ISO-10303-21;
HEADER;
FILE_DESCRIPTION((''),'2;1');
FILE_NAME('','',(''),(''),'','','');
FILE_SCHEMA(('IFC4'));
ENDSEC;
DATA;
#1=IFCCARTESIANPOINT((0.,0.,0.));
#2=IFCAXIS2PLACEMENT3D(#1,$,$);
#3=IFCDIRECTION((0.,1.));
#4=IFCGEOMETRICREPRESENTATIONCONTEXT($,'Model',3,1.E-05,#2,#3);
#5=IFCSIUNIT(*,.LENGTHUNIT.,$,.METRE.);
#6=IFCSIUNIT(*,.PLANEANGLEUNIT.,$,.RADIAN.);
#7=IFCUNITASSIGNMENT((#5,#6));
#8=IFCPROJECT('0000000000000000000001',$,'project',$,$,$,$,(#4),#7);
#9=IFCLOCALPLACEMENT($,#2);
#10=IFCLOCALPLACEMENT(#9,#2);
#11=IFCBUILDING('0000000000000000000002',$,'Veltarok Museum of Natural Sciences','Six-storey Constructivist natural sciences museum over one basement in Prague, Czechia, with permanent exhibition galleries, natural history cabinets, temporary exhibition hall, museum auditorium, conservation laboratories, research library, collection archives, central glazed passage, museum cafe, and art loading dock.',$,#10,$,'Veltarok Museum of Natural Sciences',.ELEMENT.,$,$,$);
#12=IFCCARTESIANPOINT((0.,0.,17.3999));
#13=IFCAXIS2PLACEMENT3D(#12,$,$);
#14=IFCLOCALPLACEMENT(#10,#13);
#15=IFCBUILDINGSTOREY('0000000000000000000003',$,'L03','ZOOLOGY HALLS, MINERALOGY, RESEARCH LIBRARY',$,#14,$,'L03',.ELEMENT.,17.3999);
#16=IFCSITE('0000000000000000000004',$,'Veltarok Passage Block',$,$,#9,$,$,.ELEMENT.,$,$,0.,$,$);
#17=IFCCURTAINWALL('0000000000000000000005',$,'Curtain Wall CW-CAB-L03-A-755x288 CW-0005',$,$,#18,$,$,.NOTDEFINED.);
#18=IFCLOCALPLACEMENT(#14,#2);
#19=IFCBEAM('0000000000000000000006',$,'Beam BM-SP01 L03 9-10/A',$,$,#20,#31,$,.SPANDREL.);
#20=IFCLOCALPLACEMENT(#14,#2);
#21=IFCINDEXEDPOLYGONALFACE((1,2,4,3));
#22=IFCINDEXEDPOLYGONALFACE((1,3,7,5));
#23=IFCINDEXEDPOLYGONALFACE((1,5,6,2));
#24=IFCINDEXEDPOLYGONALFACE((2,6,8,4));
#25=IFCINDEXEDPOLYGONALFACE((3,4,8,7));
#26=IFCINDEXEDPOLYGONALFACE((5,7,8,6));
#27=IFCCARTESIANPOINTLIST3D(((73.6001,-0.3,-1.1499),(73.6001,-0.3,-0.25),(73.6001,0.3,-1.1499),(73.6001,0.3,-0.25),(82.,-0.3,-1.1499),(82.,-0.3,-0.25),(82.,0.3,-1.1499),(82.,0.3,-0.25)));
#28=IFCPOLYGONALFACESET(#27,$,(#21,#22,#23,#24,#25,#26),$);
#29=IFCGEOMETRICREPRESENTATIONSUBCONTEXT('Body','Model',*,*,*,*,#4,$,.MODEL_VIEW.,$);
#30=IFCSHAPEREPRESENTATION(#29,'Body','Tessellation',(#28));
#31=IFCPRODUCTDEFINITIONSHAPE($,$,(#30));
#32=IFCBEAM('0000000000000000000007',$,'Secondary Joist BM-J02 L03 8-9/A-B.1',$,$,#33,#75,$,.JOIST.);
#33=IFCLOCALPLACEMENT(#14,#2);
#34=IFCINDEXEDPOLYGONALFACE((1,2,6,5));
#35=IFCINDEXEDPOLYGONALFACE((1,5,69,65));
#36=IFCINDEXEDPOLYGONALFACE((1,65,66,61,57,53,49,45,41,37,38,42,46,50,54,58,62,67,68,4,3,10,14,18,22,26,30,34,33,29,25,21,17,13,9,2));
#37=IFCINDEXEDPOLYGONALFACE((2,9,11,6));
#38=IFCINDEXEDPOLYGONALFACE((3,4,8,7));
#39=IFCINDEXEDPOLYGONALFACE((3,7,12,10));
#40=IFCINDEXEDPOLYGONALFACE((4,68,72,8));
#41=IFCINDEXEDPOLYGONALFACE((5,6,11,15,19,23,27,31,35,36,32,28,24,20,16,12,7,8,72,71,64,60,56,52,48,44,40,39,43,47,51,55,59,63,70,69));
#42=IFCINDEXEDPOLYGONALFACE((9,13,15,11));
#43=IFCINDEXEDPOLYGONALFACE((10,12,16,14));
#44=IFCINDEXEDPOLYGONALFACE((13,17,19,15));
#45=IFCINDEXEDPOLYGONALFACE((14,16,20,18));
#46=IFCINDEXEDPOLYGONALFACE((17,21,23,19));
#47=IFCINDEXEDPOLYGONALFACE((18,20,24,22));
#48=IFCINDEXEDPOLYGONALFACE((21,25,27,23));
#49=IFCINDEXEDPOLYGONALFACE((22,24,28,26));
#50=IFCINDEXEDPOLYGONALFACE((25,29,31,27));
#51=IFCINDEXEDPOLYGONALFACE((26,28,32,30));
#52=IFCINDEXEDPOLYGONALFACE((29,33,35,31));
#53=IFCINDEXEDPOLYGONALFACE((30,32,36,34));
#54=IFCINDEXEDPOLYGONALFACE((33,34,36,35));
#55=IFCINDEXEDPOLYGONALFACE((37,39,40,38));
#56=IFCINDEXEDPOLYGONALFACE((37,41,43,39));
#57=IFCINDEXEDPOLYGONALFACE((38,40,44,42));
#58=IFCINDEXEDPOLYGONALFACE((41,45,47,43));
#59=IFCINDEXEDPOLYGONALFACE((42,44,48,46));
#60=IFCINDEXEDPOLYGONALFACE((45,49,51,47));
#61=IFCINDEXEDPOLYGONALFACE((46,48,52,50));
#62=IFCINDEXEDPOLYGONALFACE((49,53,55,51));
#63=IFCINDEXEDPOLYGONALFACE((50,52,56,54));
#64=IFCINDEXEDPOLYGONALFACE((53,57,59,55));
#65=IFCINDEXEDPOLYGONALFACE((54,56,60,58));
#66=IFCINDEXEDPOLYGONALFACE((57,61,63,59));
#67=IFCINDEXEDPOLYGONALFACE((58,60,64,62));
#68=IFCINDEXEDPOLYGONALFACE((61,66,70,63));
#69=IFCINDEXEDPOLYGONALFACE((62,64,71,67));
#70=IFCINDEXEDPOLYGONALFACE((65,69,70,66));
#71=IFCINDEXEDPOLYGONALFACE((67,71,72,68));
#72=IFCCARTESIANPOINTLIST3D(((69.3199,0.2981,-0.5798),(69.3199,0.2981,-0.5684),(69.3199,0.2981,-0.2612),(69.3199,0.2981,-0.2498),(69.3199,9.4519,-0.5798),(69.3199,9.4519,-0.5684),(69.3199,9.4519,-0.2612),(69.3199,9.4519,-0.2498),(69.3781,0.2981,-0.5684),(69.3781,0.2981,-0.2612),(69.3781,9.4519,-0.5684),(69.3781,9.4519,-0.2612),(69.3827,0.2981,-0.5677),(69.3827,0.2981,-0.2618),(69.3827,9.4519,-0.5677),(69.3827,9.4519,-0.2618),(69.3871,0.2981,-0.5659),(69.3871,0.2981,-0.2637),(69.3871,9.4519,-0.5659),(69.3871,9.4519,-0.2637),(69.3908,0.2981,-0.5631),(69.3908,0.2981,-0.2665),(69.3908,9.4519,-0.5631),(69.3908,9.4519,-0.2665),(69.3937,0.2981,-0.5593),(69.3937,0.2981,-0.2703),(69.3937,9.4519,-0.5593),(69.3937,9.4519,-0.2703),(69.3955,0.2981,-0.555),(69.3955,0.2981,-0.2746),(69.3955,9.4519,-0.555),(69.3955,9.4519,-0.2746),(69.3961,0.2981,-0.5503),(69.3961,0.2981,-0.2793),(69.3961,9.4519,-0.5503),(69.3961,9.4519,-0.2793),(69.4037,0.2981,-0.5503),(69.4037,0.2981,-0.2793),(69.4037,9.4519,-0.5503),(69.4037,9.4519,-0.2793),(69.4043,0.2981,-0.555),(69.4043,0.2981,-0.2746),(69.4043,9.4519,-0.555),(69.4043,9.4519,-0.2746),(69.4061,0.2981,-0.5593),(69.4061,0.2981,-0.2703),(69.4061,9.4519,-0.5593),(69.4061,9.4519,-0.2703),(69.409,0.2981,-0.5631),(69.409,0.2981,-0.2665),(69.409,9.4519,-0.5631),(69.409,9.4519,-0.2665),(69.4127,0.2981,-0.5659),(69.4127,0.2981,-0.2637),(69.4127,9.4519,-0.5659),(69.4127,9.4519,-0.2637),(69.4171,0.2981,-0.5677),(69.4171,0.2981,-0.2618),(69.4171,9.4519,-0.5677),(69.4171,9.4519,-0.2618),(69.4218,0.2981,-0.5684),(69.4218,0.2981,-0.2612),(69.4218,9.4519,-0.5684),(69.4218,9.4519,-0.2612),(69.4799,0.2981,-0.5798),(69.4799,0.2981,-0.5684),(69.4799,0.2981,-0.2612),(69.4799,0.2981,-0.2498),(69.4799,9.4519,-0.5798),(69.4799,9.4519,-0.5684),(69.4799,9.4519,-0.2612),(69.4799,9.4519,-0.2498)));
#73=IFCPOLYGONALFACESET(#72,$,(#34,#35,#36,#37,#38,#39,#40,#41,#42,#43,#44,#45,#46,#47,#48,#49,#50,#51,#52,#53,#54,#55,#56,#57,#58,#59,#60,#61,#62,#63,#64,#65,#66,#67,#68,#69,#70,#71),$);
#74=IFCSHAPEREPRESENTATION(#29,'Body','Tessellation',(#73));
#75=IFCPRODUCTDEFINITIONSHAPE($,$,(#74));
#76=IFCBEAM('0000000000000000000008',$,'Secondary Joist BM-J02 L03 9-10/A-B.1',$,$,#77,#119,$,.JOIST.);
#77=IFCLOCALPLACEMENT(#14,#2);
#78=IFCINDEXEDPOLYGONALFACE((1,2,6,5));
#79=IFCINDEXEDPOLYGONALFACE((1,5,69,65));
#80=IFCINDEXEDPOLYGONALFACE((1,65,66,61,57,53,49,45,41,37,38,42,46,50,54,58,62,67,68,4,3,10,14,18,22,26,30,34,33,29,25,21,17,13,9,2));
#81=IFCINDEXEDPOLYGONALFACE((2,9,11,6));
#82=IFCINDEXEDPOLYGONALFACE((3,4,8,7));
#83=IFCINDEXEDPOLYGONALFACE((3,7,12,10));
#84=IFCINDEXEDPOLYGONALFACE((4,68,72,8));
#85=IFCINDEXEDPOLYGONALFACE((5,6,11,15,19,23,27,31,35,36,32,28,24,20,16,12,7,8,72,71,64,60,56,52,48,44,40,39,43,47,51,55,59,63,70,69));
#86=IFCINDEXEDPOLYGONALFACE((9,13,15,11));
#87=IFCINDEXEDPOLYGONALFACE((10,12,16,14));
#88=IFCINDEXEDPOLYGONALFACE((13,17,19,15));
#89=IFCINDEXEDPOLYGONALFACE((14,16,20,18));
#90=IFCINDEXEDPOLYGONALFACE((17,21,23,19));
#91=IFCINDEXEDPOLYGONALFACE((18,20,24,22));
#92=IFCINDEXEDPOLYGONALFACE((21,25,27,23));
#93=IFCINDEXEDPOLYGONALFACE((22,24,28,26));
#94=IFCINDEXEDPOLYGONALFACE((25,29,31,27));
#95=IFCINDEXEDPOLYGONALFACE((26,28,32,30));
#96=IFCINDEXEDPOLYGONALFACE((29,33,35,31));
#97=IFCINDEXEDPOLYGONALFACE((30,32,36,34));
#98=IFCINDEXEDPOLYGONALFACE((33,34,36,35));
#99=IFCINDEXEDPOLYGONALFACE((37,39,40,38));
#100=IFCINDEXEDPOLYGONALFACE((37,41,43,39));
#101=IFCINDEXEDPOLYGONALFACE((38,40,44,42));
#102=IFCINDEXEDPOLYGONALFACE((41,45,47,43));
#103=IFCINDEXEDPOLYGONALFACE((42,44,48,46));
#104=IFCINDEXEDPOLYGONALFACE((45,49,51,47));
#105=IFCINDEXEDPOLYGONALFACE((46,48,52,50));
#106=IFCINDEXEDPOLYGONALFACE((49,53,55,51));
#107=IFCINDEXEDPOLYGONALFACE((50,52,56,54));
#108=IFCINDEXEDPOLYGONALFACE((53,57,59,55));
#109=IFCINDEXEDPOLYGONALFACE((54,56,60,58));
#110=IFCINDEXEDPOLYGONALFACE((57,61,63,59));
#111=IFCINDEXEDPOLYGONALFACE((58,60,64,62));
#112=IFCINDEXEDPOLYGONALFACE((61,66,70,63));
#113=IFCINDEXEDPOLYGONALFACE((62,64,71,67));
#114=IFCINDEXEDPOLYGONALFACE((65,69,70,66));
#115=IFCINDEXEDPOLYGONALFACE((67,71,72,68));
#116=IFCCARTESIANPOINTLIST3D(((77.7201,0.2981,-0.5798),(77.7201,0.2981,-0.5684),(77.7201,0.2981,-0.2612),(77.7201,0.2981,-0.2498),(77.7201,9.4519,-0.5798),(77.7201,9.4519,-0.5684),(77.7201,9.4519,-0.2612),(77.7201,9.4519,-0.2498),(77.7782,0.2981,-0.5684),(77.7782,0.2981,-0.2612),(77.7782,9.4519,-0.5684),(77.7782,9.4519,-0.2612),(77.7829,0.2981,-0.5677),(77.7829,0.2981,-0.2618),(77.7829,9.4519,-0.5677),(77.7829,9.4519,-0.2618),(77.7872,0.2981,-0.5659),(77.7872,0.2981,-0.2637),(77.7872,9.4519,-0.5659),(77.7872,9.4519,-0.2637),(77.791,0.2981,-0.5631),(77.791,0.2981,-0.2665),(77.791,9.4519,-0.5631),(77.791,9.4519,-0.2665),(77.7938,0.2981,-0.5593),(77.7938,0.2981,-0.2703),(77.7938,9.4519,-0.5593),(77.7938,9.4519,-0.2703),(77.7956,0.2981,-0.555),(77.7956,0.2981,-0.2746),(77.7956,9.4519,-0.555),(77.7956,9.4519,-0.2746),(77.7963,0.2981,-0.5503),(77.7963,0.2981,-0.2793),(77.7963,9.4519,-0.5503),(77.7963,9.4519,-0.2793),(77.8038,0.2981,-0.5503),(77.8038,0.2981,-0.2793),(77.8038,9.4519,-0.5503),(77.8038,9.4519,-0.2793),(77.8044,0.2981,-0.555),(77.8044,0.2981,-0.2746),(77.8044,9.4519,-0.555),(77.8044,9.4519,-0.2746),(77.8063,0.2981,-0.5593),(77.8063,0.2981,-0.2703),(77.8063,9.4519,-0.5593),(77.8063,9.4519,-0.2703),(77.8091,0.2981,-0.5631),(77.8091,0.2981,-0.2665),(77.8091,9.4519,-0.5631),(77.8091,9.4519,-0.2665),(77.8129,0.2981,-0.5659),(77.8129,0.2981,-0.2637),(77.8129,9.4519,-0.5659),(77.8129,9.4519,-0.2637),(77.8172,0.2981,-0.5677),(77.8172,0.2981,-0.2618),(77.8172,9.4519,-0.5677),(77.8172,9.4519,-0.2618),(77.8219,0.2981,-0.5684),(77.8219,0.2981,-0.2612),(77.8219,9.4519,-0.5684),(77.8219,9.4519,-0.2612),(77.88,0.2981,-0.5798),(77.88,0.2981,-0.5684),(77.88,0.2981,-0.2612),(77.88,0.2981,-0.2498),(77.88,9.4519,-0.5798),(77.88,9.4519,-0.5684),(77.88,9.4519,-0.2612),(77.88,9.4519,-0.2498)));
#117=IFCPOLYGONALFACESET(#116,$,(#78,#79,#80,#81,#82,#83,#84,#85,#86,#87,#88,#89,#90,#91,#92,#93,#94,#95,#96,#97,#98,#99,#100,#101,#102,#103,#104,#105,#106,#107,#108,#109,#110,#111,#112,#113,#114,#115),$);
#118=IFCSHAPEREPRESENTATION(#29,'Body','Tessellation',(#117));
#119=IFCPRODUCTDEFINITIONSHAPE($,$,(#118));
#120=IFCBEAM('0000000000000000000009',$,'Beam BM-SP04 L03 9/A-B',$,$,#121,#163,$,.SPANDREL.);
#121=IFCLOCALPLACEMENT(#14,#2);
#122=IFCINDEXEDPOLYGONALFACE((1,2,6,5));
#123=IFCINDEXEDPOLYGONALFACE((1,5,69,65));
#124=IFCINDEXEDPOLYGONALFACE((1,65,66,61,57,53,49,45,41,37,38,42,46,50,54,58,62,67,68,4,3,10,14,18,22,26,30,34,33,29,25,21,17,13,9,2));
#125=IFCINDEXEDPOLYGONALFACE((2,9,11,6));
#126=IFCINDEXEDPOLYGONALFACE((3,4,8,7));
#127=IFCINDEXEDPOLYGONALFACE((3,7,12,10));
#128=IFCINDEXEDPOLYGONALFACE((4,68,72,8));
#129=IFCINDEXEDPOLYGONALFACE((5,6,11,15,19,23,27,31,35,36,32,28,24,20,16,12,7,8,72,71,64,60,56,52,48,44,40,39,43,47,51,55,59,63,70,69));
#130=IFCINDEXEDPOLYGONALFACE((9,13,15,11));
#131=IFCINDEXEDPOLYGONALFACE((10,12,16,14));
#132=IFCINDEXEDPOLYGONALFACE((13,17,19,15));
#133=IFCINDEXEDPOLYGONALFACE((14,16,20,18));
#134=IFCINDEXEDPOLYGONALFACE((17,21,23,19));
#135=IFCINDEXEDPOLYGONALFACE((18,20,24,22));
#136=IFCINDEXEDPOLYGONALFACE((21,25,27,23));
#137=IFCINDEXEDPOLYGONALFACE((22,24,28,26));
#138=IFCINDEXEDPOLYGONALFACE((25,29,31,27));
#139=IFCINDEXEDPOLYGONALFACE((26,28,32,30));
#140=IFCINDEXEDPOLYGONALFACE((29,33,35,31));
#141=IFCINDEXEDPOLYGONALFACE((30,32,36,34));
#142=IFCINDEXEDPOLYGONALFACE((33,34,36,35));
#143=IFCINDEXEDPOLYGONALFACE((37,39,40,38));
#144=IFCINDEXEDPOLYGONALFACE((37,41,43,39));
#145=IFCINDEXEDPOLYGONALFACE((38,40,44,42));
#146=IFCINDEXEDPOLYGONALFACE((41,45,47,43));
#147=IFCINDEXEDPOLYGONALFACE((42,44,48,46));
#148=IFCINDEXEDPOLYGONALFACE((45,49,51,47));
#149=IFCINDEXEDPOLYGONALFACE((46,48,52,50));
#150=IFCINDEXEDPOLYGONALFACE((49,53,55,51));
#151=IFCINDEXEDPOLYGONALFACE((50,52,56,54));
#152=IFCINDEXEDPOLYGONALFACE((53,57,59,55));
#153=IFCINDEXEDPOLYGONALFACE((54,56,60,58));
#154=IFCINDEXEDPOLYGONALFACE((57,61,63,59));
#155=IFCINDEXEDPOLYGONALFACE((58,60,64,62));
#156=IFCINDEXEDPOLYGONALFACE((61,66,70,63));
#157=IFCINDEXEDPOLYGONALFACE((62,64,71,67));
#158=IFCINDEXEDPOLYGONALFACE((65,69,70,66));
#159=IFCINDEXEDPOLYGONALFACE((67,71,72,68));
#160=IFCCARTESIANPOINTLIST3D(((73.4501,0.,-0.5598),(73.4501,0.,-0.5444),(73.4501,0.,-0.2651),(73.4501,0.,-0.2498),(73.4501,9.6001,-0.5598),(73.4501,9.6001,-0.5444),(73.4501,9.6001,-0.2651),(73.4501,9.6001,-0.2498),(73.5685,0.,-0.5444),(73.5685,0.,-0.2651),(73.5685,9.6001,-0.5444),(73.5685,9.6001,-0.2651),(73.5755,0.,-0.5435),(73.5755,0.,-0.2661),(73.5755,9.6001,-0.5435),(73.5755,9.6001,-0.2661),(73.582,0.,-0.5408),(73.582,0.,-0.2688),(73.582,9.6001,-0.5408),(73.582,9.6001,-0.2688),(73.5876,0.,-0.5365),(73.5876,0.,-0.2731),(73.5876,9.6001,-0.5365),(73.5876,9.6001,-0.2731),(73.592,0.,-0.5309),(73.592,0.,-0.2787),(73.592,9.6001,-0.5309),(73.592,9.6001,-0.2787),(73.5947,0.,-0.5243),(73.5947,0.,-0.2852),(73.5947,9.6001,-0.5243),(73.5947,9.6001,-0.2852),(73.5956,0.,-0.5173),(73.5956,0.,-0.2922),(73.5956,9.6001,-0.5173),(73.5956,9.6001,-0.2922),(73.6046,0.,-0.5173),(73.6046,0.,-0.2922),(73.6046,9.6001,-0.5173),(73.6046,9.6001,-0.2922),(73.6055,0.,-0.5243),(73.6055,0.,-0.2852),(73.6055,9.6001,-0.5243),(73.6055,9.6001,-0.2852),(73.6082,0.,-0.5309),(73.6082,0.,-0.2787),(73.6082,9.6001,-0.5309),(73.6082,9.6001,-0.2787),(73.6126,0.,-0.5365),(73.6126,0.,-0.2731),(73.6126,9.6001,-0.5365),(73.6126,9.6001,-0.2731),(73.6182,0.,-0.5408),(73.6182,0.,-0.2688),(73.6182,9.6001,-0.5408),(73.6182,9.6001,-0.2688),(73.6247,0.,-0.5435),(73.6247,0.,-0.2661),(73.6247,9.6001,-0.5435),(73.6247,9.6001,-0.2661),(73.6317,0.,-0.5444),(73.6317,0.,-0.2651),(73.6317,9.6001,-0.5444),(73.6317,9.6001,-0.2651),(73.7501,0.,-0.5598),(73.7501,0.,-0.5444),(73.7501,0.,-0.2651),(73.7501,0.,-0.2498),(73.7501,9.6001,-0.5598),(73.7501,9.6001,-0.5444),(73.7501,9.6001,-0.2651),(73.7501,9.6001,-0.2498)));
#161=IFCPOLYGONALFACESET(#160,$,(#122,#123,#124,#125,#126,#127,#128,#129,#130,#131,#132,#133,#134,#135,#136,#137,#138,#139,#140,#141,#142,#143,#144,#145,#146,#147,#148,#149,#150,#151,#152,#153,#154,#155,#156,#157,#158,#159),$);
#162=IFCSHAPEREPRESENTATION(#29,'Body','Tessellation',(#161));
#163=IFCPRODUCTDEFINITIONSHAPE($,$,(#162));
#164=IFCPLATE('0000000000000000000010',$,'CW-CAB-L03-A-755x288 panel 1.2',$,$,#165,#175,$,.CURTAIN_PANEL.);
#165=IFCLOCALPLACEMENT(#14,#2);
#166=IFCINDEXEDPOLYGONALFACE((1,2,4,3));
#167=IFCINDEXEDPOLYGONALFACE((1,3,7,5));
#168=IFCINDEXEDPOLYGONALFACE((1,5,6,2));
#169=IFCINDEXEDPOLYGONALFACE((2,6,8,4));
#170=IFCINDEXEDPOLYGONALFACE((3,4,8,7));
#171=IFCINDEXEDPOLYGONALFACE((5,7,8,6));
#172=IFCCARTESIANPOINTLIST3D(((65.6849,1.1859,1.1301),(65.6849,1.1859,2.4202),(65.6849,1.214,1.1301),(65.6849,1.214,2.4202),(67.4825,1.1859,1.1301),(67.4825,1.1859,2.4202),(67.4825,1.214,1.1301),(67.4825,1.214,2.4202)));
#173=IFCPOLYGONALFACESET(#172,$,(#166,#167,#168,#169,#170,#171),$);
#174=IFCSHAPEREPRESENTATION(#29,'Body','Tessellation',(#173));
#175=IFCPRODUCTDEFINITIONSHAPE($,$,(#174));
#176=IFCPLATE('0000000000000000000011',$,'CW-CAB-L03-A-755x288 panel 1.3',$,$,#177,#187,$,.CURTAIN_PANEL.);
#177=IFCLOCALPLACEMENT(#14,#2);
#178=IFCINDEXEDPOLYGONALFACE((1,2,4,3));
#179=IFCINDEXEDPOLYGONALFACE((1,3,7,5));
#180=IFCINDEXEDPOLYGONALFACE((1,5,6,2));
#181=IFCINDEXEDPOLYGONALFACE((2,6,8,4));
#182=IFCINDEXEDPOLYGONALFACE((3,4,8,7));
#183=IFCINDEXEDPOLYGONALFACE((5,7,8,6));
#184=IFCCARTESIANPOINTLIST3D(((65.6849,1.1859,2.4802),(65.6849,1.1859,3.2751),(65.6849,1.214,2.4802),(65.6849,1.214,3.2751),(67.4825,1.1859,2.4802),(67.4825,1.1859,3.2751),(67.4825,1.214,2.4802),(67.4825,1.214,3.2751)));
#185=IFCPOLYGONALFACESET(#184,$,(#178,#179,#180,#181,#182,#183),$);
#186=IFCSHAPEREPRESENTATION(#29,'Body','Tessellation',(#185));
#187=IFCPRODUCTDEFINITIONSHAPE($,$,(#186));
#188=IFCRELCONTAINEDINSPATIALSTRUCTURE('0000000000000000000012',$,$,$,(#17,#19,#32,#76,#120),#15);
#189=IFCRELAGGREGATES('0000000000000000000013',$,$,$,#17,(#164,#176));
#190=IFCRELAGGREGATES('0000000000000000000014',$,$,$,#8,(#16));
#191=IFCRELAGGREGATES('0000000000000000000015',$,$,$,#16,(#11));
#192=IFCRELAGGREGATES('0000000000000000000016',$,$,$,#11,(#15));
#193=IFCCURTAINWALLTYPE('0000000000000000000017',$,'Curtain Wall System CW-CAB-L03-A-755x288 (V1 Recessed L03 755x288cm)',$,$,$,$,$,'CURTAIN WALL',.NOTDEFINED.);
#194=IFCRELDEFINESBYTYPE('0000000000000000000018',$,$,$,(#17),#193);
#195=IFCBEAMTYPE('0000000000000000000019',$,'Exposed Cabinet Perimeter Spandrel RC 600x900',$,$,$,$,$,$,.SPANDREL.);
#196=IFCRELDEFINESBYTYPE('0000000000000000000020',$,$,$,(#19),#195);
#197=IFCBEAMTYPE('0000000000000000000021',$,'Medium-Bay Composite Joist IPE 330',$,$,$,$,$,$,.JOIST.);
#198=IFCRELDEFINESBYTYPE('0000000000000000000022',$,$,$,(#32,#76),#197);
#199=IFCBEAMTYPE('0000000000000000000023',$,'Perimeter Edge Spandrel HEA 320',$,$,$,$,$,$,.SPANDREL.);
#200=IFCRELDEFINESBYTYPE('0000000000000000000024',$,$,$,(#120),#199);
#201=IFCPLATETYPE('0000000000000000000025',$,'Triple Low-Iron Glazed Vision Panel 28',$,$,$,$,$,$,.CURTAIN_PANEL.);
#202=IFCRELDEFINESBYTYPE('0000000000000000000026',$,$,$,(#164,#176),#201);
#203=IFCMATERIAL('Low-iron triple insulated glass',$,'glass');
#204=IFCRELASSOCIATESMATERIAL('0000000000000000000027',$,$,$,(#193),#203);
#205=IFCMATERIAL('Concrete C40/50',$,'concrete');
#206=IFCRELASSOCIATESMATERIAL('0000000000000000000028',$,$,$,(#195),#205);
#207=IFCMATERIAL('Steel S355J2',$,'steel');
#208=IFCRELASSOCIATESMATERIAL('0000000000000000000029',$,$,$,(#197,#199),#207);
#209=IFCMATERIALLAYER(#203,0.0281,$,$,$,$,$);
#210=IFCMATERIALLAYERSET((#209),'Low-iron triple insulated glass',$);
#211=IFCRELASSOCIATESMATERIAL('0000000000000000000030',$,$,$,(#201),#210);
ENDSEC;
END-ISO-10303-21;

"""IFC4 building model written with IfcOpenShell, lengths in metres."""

from ifc_helpers import new_model, si_unit, direction, frame, origin, origin_2d, place, context, subcontext, project, spatial, rectangle, i_section, extrude, material, layer, layer_set, material_profile, profile_set, type_object, element, aggregate, save


model = new_model("IFC4")

# Units and contexts
model_context = context("Model", 3, precision=1e-05, world=origin(), true_north=direction((0.0, 1.0)))
body_context = subcontext(model_context, "Body", "Model", "MODEL_VIEW")
ifc_project = project(units=[si_unit("LENGTHUNIT", "METRE"), si_unit("PLANEANGLEUNIT", "RADIAN")], contexts=[model_context])

# Site, building, storey
site_placement = place(None, origin())
site = spatial("IfcSite", under=ifc_project, at=site_placement, Name="Veltarok Passage Block", CompositionType="ELEMENT", RefElevation=0.0)
building_placement = place(site_placement, origin())
building = spatial("IfcBuilding", under=site, at=building_placement, Name="Veltarok Museum of Natural Sciences", Description="Six-storey Constructivist natural sciences museum over one basement in Prague, Czechia, with permanent exhibition galleries, natural history cabinets, temporary exhibition hall, museum auditorium, conservation laboratories, research library, collection archives, central glazed passage, museum cafe, and art loading dock.", LongName="Veltarok Museum of Natural Sciences", CompositionType="ELEMENT")
storey_placement = place(building_placement, frame((0.0, 0.0, 17.3999)))
storey = spatial("IfcBuildingStorey", under=building, at=storey_placement, Name="L03", Description="ZOOLOGY HALLS, MINERALOGY, RESEARCH LIBRARY", LongName="L03", CompositionType="ELEMENT", Elevation=17.3999)

# Shared definitions
ifc_material_1 = material(Name="Concrete C40/50", Category="concrete")

# Shared definitions
ifc_material_2 = material(Name="Steel S355J2", Category="steel")

# Curtain wall
ifc_material_3 = material(Name="Low-iron triple insulated glass", Category="glass")
curtain_wall_type = type_object("IfcCurtainWallType", Name="Curtain Wall System CW-CAB-L03-A-755x288 (V1 Recessed L03 755x288cm)", ElementType="CURTAIN WALL", PredefinedType="NOTDEFINED", material=ifc_material_3)
curtain_wall_placement = place(storey_placement, origin())
curtain_wall = element("IfcCurtainWall", 1, at=curtain_wall_placement, inside=storey, type_object=curtain_wall_type, Name="Curtain Wall CW-CAB-L03-A-755x288 CW-0005", PredefinedType="NOTDEFINED")

# Beams
ifc_material_profile_1 = material_profile(ifc_material_1, rectangle(XDim=0.6001, YDim=0.8999, at=origin_2d()), Name="RC 600x900")
ifc_profile_set_1 = profile_set([ifc_material_profile_1], Name="Concrete C40/50")
beam_type_1 = type_object("IfcBeamType", Name="Exposed Cabinet Perimeter Spandrel RC 600x900", PredefinedType="SPANDREL", material=ifc_profile_set_1)
beam_1_placement = place(storey_placement, frame((73.6001, 0.0, -0.7), z_axis=(1.0, 0.0, 0.0), x_axis=(0.0, 1.0, 0.0)))
element("IfcBeam", 2, at=beam_1_placement, inside=storey, type_object=beam_type_1, Name="Beam BM-SP01 L03 9-10/A", PredefinedType="SPANDREL", context=body_context, shape_type="SweptSolid", body=[
    extrude(rectangle(XDim=0.6001, YDim=0.8999, at=origin_2d()), origin(), (0.0, 0.0, 1.0), 8.3999),
])
ifc_material_profile_2 = material_profile(ifc_material_2, i_section(OverallWidth=0.1599, OverallDepth=0.3301, WebThickness=0.0076, FlangeThickness=0.0115, FilletRadius=0.0181, at=origin_2d()), Name="IPE 330")
ifc_profile_set_2 = profile_set([ifc_material_profile_2], Name="Steel S355J2")
beam_type_2 = type_object("IfcBeamType", Name="Medium-Bay Composite Joist IPE 330", PredefinedType="JOIST", material=ifc_profile_set_2)
for number, where, z_axis, x_axis, name in (
    (3, (69.3999, 0.2981, -0.4148), (0.0, 1.0, 0.0), (-1.0, 0.0, 0.0), "Secondary Joist BM-J02 L03 8-9/A-B.1"),
    (4, (77.8, 0.2981, -0.4148), (0.0, 1.0, 0.0), (-1.0, 0.0, 0.0), "Secondary Joist BM-J02 L03 9-10/A-B.1"),
):
    element("IfcBeam", number, at=place(storey_placement, frame(where, z_axis=z_axis, x_axis=x_axis)), inside=storey, type_object=beam_type_2, Name=name, PredefinedType="JOIST", context=body_context, shape_type="SweptSolid", body=[
        extrude(i_section(OverallWidth=0.1599, OverallDepth=0.3301, WebThickness=0.0076, FlangeThickness=0.0115, FilletRadius=0.0181, at=origin_2d()), origin(), (0.0, 0.0, 1.0), 9.1538),
    ])
ifc_material_profile_3 = material_profile(ifc_material_2, i_section(OverallWidth=0.3, OverallDepth=0.3101, WebThickness=0.009, FlangeThickness=0.0154, FilletRadius=0.0271, at=origin_2d()), Name="HEA 320")
ifc_profile_set_3 = profile_set([ifc_material_profile_3], Name="Steel S355J2")
beam_type_3 = type_object("IfcBeamType", Name="Perimeter Edge Spandrel HEA 320", PredefinedType="SPANDREL", material=ifc_profile_set_3)
beam_2_placement = place(storey_placement, frame((73.6001, 0.0, -0.4048), z_axis=(0.0, 1.0, 0.0), x_axis=(-1.0, 0.0, 0.0)))
element("IfcBeam", 5, at=beam_2_placement, inside=storey, type_object=beam_type_3, Name="Beam BM-SP04 L03 9/A-B", PredefinedType="SPANDREL", context=body_context, shape_type="SweptSolid", body=[
    extrude(i_section(OverallWidth=0.3, OverallDepth=0.3101, WebThickness=0.009, FlangeThickness=0.0154, FilletRadius=0.0271, at=origin_2d()), origin(), (0.0, 0.0, 1.0), 9.6001),
])

# Plates
ifc_layer_1 = layer(ifc_material_3, 0.0281)
ifc_layer_set_1 = layer_set([ifc_layer_1], Name="Low-iron triple insulated glass")
plate_type = type_object("IfcPlateType", Name="Triple Low-Iron Glazed Vision Panel 28", PredefinedType="CURTAIN_PANEL", material=ifc_layer_set_1)
plate_1_placement = place(storey_placement, frame((66.5837, 1.2, 1.1301), z_axis=(0.0, 0.0, 1.0), x_axis=(1.0, 0.0, 0.0)))
plate_1 = element("IfcPlate", 6, at=plate_1_placement, type_object=plate_type, Name="CW-CAB-L03-A-755x288 panel 1.2", PredefinedType="CURTAIN_PANEL", context=body_context, shape_type="SweptSolid", body=[
    extrude(rectangle(XDim=1.7976, YDim=0.0281, at=origin_2d()), origin(), (0.0, 0.0, 1.0), 1.29),
])
plate_2_placement = place(storey_placement, frame((66.5837, 1.2, 2.4802), z_axis=(0.0, 0.0, 1.0), x_axis=(1.0, 0.0, 0.0)))
plate_2 = element("IfcPlate", 7, at=plate_2_placement, type_object=plate_type, Name="CW-CAB-L03-A-755x288 panel 1.3", PredefinedType="CURTAIN_PANEL", context=body_context, shape_type="SweptSolid", body=[
    extrude(rectangle(XDim=1.7976, YDim=0.0281, at=origin_2d()), origin(), (0.0, 0.0, 1.0), 0.7949),
])
aggregate(curtain_wall, [plate_1, plate_2])

save(model, "model.ifc")
